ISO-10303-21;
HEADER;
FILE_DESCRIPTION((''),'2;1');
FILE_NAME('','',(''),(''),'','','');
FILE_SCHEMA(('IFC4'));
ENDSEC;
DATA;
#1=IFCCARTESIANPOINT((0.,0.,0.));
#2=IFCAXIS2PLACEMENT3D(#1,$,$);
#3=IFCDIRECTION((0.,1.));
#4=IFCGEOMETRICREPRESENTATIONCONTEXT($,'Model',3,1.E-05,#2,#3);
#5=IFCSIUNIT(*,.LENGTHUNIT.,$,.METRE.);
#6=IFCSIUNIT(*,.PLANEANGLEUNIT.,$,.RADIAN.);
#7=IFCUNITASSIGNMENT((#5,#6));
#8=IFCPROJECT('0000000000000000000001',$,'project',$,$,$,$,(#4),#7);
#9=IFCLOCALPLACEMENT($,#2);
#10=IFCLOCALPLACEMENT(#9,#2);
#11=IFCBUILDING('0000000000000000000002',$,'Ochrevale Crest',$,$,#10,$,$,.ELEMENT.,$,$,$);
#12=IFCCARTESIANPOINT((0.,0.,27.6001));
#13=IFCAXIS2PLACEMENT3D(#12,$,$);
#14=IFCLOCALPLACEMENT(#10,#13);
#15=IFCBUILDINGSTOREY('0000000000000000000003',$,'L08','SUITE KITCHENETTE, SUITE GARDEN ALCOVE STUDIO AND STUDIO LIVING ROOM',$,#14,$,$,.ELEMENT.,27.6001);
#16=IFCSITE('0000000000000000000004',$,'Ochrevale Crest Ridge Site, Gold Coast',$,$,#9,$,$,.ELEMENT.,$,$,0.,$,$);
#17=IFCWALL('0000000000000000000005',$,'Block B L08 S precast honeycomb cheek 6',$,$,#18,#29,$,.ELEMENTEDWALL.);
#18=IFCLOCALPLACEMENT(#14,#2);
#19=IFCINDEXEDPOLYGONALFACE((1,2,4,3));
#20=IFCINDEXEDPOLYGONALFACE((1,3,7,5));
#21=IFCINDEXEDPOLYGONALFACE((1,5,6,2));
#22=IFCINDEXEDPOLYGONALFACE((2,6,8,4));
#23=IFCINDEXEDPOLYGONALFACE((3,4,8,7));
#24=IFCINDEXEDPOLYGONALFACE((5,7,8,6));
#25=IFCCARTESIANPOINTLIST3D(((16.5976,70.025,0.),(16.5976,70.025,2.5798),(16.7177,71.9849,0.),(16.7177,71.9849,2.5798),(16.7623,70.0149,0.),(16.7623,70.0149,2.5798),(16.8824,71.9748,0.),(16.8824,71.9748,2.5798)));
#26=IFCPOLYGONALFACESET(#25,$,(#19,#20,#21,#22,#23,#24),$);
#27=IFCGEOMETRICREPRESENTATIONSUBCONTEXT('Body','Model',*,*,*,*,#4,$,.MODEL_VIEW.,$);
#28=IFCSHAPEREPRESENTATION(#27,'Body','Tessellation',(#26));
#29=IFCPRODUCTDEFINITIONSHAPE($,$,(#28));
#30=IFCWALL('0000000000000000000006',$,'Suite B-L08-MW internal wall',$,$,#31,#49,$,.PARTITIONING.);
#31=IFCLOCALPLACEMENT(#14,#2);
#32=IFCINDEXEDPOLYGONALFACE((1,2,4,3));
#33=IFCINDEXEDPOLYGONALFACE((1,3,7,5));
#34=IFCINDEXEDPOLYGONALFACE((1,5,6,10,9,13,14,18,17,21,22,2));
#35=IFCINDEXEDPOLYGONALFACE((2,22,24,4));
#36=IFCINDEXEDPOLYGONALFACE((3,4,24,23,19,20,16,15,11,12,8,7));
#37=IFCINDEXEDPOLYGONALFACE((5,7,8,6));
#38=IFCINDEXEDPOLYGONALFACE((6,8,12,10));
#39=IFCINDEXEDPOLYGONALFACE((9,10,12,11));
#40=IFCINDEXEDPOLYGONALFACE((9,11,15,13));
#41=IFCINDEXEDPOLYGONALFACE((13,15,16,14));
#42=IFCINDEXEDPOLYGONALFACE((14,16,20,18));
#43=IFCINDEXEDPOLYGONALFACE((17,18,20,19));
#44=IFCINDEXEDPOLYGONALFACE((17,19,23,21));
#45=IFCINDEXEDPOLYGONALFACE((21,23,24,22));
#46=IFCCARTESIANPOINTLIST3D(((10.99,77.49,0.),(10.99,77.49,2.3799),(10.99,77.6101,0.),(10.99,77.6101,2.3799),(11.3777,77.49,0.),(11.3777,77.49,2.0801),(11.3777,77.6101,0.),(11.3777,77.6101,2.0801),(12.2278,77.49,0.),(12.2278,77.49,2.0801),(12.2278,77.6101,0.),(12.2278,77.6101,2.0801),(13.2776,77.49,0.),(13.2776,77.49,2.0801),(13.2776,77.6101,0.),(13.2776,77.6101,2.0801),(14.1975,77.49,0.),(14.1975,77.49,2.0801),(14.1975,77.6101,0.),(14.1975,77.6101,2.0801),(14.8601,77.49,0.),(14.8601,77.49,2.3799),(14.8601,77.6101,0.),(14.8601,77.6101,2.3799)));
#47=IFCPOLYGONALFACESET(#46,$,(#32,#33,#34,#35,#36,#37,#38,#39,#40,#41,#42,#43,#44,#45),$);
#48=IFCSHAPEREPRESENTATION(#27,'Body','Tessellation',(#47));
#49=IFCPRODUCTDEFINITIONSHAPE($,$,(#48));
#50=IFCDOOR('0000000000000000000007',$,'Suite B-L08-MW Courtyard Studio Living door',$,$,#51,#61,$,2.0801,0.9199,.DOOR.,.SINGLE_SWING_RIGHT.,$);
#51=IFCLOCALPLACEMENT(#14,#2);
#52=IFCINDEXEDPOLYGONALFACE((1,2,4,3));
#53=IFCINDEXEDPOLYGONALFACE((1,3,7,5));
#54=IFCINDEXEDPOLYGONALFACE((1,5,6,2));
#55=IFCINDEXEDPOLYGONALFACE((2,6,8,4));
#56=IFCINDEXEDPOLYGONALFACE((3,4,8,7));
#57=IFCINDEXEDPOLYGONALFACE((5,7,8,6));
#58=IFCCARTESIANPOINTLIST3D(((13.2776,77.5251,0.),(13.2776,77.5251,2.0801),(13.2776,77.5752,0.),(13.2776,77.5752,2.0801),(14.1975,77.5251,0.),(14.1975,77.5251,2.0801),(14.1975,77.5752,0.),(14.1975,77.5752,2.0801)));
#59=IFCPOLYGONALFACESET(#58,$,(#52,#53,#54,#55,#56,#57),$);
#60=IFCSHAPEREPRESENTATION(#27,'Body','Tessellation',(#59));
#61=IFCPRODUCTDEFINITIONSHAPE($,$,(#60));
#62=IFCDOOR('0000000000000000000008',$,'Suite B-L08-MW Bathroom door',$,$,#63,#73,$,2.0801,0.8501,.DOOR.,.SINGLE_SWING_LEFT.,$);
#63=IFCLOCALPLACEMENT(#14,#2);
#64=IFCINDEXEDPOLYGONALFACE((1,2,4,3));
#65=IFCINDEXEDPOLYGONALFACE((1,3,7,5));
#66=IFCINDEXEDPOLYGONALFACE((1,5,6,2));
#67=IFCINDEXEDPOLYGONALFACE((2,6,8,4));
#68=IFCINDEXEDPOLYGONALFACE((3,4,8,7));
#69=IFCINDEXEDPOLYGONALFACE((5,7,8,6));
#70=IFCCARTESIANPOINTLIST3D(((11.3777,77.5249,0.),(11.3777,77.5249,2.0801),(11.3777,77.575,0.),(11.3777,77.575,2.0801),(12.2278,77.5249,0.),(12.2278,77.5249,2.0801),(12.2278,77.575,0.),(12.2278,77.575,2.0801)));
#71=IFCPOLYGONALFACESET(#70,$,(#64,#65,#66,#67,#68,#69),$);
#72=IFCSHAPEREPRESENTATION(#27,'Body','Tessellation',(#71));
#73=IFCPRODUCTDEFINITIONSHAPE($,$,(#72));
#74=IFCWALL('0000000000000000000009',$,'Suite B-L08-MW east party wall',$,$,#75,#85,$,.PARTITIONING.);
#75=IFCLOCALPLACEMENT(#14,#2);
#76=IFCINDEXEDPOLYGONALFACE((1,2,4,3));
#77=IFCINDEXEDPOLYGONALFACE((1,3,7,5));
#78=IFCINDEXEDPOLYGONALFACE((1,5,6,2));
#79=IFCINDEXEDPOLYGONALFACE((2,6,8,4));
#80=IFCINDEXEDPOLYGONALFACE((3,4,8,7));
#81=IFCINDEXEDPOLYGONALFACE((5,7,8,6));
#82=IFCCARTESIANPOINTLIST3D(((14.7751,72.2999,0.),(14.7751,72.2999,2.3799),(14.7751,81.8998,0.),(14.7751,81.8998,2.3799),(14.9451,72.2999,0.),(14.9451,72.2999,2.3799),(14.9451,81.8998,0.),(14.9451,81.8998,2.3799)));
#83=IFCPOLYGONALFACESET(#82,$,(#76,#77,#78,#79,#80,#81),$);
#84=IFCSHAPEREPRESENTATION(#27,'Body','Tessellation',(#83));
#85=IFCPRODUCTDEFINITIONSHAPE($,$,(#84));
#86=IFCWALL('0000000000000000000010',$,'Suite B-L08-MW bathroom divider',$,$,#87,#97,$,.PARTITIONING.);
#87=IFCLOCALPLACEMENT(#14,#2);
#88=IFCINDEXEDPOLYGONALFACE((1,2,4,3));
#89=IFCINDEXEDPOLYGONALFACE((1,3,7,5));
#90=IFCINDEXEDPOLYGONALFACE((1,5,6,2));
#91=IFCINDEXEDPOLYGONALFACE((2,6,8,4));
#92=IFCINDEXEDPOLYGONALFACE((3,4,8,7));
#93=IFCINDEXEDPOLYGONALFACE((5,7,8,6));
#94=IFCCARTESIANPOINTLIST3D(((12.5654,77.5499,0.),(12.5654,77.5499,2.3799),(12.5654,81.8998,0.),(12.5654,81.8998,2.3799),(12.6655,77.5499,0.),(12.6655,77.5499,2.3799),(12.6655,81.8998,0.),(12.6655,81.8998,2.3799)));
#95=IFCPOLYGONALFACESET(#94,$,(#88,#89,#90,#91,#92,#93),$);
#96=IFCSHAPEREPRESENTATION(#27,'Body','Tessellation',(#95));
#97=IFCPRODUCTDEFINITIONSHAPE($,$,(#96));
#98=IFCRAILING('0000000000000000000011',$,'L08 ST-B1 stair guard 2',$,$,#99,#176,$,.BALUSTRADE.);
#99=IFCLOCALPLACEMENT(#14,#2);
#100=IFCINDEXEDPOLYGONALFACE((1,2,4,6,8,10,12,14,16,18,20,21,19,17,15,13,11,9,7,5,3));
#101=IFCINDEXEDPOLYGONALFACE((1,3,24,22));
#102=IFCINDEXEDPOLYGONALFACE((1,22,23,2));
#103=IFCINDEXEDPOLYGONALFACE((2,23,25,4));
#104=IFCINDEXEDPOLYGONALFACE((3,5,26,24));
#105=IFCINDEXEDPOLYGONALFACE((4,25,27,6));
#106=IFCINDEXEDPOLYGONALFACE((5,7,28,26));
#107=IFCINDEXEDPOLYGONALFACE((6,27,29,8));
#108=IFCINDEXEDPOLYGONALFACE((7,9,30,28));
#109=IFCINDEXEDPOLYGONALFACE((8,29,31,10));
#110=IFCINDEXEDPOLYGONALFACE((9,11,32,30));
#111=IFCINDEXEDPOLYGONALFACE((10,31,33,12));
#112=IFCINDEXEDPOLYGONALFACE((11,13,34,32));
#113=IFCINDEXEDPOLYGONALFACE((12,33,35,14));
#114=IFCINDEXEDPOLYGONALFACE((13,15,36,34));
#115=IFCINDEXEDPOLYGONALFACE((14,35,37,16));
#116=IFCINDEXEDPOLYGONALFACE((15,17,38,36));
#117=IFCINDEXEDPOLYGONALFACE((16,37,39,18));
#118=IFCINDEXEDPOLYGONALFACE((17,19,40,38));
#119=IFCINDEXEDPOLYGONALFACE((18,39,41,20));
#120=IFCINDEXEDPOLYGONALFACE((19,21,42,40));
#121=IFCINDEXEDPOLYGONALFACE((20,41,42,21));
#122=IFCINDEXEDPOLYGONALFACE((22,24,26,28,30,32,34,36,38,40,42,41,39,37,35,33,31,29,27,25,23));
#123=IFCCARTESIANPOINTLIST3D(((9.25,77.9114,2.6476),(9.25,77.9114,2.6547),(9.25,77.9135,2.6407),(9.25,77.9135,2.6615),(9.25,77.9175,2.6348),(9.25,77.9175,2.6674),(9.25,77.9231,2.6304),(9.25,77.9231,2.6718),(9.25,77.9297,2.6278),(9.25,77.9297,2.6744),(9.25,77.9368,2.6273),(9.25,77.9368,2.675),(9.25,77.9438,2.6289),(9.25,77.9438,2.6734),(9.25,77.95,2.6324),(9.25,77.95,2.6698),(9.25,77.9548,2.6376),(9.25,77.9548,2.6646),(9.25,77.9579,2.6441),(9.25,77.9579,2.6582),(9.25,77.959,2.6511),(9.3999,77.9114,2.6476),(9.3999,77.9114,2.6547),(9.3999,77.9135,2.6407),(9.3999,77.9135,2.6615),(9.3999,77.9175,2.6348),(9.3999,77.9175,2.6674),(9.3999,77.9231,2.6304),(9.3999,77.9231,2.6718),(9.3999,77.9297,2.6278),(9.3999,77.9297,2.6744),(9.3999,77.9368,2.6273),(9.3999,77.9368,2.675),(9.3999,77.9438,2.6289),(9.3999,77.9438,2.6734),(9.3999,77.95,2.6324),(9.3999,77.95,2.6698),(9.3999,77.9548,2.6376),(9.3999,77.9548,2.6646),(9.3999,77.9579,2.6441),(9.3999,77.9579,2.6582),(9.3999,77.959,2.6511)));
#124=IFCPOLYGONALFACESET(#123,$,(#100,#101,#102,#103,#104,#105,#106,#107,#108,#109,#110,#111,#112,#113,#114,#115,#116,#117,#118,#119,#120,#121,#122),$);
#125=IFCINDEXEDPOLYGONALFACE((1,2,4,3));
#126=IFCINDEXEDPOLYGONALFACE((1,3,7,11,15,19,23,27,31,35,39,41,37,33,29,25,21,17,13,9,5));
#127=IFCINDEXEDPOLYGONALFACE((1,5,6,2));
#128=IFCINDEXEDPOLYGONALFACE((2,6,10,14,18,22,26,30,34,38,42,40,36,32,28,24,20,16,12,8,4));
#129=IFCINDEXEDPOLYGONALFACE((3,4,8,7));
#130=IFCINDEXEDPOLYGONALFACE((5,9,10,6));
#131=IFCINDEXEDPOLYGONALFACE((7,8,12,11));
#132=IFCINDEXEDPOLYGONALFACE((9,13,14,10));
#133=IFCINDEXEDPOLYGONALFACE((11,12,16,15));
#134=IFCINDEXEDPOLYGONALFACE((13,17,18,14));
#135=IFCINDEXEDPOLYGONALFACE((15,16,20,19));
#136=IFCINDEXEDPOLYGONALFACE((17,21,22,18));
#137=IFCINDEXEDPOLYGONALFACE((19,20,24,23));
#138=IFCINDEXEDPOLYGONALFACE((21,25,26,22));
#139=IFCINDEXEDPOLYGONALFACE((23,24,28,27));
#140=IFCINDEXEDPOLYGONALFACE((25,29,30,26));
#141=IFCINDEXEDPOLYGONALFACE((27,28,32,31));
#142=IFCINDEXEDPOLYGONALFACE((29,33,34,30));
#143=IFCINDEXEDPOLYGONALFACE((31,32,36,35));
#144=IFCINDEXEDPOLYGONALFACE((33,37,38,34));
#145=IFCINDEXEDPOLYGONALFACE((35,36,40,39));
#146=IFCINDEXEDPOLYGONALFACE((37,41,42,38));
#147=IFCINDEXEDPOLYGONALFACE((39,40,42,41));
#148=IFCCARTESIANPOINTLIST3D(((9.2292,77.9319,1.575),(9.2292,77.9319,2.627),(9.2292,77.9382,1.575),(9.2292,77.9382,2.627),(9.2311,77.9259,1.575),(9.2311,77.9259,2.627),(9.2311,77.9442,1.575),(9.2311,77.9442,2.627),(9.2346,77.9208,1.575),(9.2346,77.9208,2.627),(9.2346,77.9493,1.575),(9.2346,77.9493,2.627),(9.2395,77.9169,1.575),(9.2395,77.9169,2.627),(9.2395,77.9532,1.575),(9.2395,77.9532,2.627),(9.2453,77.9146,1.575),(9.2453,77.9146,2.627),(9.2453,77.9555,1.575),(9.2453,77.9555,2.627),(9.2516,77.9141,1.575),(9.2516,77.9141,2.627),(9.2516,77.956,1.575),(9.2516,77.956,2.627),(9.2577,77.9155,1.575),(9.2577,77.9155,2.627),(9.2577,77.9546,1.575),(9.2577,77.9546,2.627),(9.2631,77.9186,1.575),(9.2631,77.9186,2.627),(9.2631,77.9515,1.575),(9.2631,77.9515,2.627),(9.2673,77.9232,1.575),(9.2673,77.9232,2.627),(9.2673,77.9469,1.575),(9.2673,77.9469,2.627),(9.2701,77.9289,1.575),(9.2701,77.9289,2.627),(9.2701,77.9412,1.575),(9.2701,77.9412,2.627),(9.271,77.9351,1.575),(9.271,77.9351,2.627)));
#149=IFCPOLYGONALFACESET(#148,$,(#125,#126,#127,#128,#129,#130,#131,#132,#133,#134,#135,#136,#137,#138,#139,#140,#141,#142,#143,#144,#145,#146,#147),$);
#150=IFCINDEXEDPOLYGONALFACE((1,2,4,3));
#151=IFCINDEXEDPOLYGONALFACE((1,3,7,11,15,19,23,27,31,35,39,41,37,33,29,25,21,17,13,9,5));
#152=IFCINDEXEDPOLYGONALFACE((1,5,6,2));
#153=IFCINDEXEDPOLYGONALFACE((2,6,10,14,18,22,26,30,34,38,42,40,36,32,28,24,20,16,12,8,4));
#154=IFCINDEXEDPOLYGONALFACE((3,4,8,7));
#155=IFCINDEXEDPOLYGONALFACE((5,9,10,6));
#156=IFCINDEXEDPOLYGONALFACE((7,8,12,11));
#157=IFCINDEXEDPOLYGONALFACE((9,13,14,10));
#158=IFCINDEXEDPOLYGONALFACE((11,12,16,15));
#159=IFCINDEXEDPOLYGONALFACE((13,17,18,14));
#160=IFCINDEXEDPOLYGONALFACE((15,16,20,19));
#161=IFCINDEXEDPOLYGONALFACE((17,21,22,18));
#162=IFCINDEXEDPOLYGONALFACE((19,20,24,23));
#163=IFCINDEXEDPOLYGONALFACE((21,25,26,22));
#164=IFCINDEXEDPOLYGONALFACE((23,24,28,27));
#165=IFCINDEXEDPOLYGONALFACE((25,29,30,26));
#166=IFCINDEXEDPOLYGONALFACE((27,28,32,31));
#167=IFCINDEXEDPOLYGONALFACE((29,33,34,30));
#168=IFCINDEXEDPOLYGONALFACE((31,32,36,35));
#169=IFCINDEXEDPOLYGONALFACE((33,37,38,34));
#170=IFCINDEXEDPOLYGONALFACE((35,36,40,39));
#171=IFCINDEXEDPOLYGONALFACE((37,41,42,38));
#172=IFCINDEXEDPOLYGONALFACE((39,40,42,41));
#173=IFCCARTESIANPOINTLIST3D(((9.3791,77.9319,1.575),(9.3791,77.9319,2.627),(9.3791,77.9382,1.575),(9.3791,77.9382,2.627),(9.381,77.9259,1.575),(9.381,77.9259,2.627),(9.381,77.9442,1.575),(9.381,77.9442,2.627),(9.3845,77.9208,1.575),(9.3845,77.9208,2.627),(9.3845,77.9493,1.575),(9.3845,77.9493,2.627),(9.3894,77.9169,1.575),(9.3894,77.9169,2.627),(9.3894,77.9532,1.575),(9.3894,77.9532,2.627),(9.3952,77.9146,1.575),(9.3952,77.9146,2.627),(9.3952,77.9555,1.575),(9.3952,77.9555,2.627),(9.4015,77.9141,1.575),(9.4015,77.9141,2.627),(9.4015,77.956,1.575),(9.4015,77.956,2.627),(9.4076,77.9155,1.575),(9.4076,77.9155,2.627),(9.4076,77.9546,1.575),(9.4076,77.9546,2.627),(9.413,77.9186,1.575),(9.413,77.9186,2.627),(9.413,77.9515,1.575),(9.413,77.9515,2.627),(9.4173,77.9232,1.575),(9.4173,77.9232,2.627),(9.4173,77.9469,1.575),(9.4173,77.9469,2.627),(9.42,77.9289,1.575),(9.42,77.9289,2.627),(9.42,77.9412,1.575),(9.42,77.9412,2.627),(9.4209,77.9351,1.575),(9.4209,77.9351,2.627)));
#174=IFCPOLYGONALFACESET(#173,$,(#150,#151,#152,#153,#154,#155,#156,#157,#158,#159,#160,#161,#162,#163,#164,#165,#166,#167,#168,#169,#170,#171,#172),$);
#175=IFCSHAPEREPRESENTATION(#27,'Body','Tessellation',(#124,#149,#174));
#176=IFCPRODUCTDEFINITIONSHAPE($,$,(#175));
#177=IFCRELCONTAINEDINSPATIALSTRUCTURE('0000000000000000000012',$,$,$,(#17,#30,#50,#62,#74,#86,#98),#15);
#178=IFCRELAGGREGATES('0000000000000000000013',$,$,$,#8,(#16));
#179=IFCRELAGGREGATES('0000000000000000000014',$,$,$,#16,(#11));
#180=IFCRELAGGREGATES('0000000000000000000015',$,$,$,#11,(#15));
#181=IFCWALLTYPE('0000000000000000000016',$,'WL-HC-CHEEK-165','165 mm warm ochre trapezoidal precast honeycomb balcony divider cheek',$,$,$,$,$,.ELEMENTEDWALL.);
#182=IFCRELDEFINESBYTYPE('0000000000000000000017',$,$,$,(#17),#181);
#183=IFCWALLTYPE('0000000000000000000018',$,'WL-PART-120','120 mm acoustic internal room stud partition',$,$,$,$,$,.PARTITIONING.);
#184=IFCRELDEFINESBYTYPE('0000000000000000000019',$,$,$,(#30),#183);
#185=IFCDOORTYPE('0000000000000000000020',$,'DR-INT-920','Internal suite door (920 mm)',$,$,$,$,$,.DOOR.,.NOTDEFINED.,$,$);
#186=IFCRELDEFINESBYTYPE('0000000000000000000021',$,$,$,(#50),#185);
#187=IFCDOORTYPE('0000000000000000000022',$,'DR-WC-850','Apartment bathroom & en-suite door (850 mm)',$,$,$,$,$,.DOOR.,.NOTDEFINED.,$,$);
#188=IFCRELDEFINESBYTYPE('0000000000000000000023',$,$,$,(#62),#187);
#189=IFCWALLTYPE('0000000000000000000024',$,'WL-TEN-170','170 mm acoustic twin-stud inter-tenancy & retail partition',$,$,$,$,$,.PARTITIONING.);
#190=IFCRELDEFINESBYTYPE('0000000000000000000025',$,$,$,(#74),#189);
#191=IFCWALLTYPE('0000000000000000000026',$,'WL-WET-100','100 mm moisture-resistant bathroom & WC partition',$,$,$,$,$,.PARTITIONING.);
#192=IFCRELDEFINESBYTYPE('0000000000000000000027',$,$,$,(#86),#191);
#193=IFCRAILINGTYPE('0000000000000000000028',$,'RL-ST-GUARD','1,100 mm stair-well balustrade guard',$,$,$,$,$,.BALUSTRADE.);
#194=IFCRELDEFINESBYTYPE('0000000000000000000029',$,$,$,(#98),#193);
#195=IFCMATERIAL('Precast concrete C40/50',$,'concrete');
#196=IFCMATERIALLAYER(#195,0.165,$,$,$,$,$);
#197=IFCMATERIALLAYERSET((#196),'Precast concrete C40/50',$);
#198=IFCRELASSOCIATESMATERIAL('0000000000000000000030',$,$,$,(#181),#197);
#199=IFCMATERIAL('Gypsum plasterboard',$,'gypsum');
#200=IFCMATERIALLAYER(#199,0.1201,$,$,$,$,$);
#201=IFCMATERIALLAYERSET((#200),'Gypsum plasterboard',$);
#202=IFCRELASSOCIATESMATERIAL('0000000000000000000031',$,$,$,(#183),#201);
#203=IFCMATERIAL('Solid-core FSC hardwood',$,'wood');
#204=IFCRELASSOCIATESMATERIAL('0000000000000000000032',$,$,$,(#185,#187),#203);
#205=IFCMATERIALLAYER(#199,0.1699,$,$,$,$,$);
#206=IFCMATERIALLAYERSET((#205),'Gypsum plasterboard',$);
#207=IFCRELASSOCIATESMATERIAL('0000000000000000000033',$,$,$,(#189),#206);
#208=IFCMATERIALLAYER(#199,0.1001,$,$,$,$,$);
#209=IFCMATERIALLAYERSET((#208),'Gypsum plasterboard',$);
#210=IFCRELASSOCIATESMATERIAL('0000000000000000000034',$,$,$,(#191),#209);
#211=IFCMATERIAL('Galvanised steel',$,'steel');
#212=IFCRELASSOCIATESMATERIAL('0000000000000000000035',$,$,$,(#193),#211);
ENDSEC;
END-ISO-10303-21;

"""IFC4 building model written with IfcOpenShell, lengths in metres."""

from ifc_helpers import new_model, si_unit, direction, frame, frame_2d, origin, origin_2d, place, context, subcontext, project, spatial, rectangle, circle, extrude, material, layer, layer_set, type_object, element, fill, save


model = new_model("IFC4")

# Units and contexts
model_context = context("Model", 3, precision=1e-05, world=origin(), true_north=direction((0.0, 1.0)))
body_context = subcontext(model_context, "Body", "Model", "MODEL_VIEW")
ifc_project = project(units=[si_unit("LENGTHUNIT", "METRE"), si_unit("PLANEANGLEUNIT", "RADIAN")], contexts=[model_context])

# Site, building, storey
site_placement = place(None, origin())
site = spatial("IfcSite", under=ifc_project, at=site_placement, Name="Ochrevale Crest Ridge Site, Gold Coast", CompositionType="ELEMENT", RefElevation=0.0)
building_placement = place(site_placement, origin())
building = spatial("IfcBuilding", under=site, at=building_placement, Name="Ochrevale Crest", CompositionType="ELEMENT")
storey_placement = place(building_placement, frame((0.0, 0.0, 27.6001)))
storey = spatial("IfcBuildingStorey", under=building, at=storey_placement, Name="L08", Description="SUITE KITCHENETTE, SUITE GARDEN ALCOVE STUDIO AND STUDIO LIVING ROOM", CompositionType="ELEMENT", Elevation=27.6001)

# Shared definitions
ifc_material_1 = material(Name="Precast concrete C40/50", Category="concrete")

# Wall
ifc_layer_1 = layer(ifc_material_1, 0.165)
ifc_layer_set_1 = layer_set([ifc_layer_1], Name="Precast concrete C40/50")
wall_type_1 = type_object("IfcWallType", Name="WL-HC-CHEEK-165", Description="165 mm warm ochre trapezoidal precast honeycomb balcony divider cheek", PredefinedType="ELEMENTEDWALL", material=ifc_layer_set_1)
for number, where, z_axis, x_axis, name in (
    (1, (16.8, 71.98, 0.0), (0.0, 0.0, 1.0), (-0.061171, -0.998127, 0.0), "Block B L08 S precast honeycomb cheek 6"),
):
    element("IfcWall", number, at=place(storey_placement, frame(where, z_axis=z_axis, x_axis=x_axis)), inside=storey, type_object=wall_type_1, Name=name, PredefinedType="ELEMENTEDWALL", context=body_context, shape_type="SweptSolid", body=[
        extrude(rectangle(XDim=1.9636, YDim=0.165, at=frame_2d((0.9819, 0.0))), origin(), (0.0, 0.0, 1.0), 2.5798),
    ])

# Wall, openings, doors
ifc_material_2 = material(Name="Gypsum plasterboard", Category="gypsum")
ifc_layer_2 = layer(ifc_material_2, 0.1201)
ifc_layer_set_2 = layer_set([ifc_layer_2], Name="Gypsum plasterboard")
wall_type_2 = type_object("IfcWallType", Name="WL-PART-120", Description="120 mm acoustic internal room stud partition", PredefinedType="PARTITIONING", material=ifc_layer_set_2)
wall_1_placement = place(storey_placement, frame((10.99, 77.55, 0.0), z_axis=(0.0, 0.0, 1.0), x_axis=(1.0, 0.0, 0.0)))
wall_1 = element("IfcWall", 2, at=wall_1_placement, inside=storey, type_object=wall_type_2, Name="Suite B-L08-MW internal wall", PredefinedType="PARTITIONING", context=body_context, shape_type="SweptSolid", body=[
    extrude(rectangle(XDim=3.8701, YDim=0.1201, at=frame_2d((1.9351, 0.0))), origin(), (0.0, 0.0, 1.0), 2.3799),
])
opening_1_placement = place(wall_1_placement, frame((0.3877, 0.0, 0.0)))
opening_1 = element("IfcOpeningElement", 3, at=opening_1_placement, cuts=wall_1, PredefinedType="OPENING", context=body_context, shape_type="SweptSolid", body=[
    extrude(rectangle(XDim=0.8501, YDim=2.0801, at=frame_2d((0.425, 1.04))), frame((0.0, 0.0701, 0.0), z_axis=(0.0, -1.0, 0.0), x_axis=(1.0, 0.0, 0.0)), (0.0, 0.0, 1.0), 0.1401),
])
opening_2_placement = place(wall_1_placement, frame((3.2075, 0.0, 0.0), z_axis=(0.0, 0.0, 1.0), x_axis=(-1.0, 0.0, 0.0)))
opening_2 = element("IfcOpeningElement", 4, at=opening_2_placement, cuts=wall_1, PredefinedType="OPENING", context=body_context, shape_type="SweptSolid", body=[
    extrude(rectangle(XDim=0.9199, YDim=2.0801, at=frame_2d((0.46, 1.04))), frame((0.0, 0.0701, 0.0), z_axis=(0.0, -1.0, 0.0), x_axis=(1.0, 0.0, 0.0)), (0.0, 0.0, 1.0), 0.1401),
])
ifc_material_3 = material(Name="Solid-core FSC hardwood", Category="wood")
door_type_1 = type_object("IfcDoorType", Name="DR-INT-920", Description="Internal suite door (920 mm)", OperationType="NOTDEFINED", PredefinedType="DOOR", material=ifc_material_3)
door_1_placement = place(opening_2_placement, origin())
door_1 = element("IfcDoor", 5, at=door_1_placement, inside=storey, type_object=door_type_1, Name="Suite B-L08-MW Courtyard Studio Living door", OperationType="SINGLE_SWING_RIGHT", OverallHeight=2.0801, OverallWidth=0.9199, PredefinedType="DOOR", context=body_context, shape_type="SweptSolid", body=[
    extrude(rectangle(XDim=0.9199, YDim=2.0801, at=frame_2d((0.46, 1.04))), frame((0.0, 0.0249, 0.0), z_axis=(0.0, -1.0, 0.0), x_axis=(1.0, 0.0, 0.0)), (0.0, 0.0, 1.0), 0.05),
])
fill(opening_2, door_1)
door_type_2 = type_object("IfcDoorType", Name="DR-WC-850", Description="Apartment bathroom & en-suite door (850 mm)", OperationType="NOTDEFINED", PredefinedType="DOOR", material=ifc_material_3)
door_2_placement = place(opening_1_placement, origin())
door_2 = element("IfcDoor", 6, at=door_2_placement, inside=storey, type_object=door_type_2, Name="Suite B-L08-MW Bathroom door", OperationType="SINGLE_SWING_LEFT", OverallHeight=2.0801, OverallWidth=0.8501, PredefinedType="DOOR", context=body_context, shape_type="SweptSolid", body=[
    extrude(rectangle(XDim=0.8501, YDim=2.0801, at=frame_2d((0.425, 1.04))), frame((0.0, 0.0249, 0.0), z_axis=(0.0, -1.0, 0.0), x_axis=(1.0, 0.0, 0.0)), (0.0, 0.0, 1.0), 0.05),
])
fill(opening_1, door_2)

# Walls
ifc_layer_3 = layer(ifc_material_2, 0.1699)
ifc_layer_set_3 = layer_set([ifc_layer_3], Name="Gypsum plasterboard")
wall_type_3 = type_object("IfcWallType", Name="WL-TEN-170", Description="170 mm acoustic twin-stud inter-tenancy & retail partition", PredefinedType="PARTITIONING", material=ifc_layer_set_3)
wall_2_placement = place(storey_placement, frame((14.8601, 72.3, 0.0), z_axis=(0.0, 0.0, 1.0), x_axis=(0.0, 1.0, 0.0)))
element("IfcWall", 7, at=wall_2_placement, inside=storey, type_object=wall_type_3, Name="Suite B-L08-MW east party wall", PredefinedType="PARTITIONING", context=body_context, shape_type="SweptSolid", body=[
    extrude(rectangle(XDim=9.5999, YDim=0.1699, at=frame_2d((4.7998, 0.0))), origin(), (0.0, 0.0, 1.0), 2.3799),
])
ifc_layer_4 = layer(ifc_material_2, 0.1001)
ifc_layer_set_4 = layer_set([ifc_layer_4], Name="Gypsum plasterboard")
wall_type_4 = type_object("IfcWallType", Name="WL-WET-100", Description="100 mm moisture-resistant bathroom & WC partition", PredefinedType="PARTITIONING", material=ifc_layer_set_4)
wall_3_placement = place(storey_placement, frame((12.6155, 77.55, 0.0), z_axis=(0.0, 0.0, 1.0), x_axis=(0.0, 1.0, 0.0)))
element("IfcWall", 8, at=wall_3_placement, inside=storey, type_object=wall_type_4, Name="Suite B-L08-MW bathroom divider", PredefinedType="PARTITIONING", context=body_context, shape_type="SweptSolid", body=[
    extrude(rectangle(XDim=4.3499, YDim=0.1001, at=frame_2d((2.1748, 0.0))), origin(), (0.0, 0.0, 1.0), 2.3799),
])

# Railing
ifc_material_4 = material(Name="Galvanised steel", Category="steel")
railing_type = type_object("IfcRailingType", Name="RL-ST-GUARD", Description="1,100 mm stair-well balustrade guard", PredefinedType="BALUSTRADE", material=ifc_material_4)
railing_placement = place(storey_placement, frame((9.25, 77.9351, 1.575)))
element("IfcRailing", 9, at=railing_placement, inside=storey, type_object=railing_type, Name="L08 ST-B1 stair guard 2", PredefinedType="BALUSTRADE", context=body_context, shape_type="SweptSolid", body=[
    extrude(circle(Radius=0.0239, at=origin_2d()), frame((0.0, 0.0, 1.0762), z_axis=(1.0, 0.0, 0.0), x_axis=(0.0, 1.0, 0.0)), (0.0, 0.0, 1.0), 0.1499),
    extrude(circle(Radius=0.021, at=origin_2d()), origin(), (0.0, 0.0, 1.0), 1.052),
    extrude(circle(Radius=0.021, at=origin_2d()), frame((0.1499, 0.0, 0.0)), (0.0, 0.0, 1.0), 1.052),
])

save(model, "model.ifc")
